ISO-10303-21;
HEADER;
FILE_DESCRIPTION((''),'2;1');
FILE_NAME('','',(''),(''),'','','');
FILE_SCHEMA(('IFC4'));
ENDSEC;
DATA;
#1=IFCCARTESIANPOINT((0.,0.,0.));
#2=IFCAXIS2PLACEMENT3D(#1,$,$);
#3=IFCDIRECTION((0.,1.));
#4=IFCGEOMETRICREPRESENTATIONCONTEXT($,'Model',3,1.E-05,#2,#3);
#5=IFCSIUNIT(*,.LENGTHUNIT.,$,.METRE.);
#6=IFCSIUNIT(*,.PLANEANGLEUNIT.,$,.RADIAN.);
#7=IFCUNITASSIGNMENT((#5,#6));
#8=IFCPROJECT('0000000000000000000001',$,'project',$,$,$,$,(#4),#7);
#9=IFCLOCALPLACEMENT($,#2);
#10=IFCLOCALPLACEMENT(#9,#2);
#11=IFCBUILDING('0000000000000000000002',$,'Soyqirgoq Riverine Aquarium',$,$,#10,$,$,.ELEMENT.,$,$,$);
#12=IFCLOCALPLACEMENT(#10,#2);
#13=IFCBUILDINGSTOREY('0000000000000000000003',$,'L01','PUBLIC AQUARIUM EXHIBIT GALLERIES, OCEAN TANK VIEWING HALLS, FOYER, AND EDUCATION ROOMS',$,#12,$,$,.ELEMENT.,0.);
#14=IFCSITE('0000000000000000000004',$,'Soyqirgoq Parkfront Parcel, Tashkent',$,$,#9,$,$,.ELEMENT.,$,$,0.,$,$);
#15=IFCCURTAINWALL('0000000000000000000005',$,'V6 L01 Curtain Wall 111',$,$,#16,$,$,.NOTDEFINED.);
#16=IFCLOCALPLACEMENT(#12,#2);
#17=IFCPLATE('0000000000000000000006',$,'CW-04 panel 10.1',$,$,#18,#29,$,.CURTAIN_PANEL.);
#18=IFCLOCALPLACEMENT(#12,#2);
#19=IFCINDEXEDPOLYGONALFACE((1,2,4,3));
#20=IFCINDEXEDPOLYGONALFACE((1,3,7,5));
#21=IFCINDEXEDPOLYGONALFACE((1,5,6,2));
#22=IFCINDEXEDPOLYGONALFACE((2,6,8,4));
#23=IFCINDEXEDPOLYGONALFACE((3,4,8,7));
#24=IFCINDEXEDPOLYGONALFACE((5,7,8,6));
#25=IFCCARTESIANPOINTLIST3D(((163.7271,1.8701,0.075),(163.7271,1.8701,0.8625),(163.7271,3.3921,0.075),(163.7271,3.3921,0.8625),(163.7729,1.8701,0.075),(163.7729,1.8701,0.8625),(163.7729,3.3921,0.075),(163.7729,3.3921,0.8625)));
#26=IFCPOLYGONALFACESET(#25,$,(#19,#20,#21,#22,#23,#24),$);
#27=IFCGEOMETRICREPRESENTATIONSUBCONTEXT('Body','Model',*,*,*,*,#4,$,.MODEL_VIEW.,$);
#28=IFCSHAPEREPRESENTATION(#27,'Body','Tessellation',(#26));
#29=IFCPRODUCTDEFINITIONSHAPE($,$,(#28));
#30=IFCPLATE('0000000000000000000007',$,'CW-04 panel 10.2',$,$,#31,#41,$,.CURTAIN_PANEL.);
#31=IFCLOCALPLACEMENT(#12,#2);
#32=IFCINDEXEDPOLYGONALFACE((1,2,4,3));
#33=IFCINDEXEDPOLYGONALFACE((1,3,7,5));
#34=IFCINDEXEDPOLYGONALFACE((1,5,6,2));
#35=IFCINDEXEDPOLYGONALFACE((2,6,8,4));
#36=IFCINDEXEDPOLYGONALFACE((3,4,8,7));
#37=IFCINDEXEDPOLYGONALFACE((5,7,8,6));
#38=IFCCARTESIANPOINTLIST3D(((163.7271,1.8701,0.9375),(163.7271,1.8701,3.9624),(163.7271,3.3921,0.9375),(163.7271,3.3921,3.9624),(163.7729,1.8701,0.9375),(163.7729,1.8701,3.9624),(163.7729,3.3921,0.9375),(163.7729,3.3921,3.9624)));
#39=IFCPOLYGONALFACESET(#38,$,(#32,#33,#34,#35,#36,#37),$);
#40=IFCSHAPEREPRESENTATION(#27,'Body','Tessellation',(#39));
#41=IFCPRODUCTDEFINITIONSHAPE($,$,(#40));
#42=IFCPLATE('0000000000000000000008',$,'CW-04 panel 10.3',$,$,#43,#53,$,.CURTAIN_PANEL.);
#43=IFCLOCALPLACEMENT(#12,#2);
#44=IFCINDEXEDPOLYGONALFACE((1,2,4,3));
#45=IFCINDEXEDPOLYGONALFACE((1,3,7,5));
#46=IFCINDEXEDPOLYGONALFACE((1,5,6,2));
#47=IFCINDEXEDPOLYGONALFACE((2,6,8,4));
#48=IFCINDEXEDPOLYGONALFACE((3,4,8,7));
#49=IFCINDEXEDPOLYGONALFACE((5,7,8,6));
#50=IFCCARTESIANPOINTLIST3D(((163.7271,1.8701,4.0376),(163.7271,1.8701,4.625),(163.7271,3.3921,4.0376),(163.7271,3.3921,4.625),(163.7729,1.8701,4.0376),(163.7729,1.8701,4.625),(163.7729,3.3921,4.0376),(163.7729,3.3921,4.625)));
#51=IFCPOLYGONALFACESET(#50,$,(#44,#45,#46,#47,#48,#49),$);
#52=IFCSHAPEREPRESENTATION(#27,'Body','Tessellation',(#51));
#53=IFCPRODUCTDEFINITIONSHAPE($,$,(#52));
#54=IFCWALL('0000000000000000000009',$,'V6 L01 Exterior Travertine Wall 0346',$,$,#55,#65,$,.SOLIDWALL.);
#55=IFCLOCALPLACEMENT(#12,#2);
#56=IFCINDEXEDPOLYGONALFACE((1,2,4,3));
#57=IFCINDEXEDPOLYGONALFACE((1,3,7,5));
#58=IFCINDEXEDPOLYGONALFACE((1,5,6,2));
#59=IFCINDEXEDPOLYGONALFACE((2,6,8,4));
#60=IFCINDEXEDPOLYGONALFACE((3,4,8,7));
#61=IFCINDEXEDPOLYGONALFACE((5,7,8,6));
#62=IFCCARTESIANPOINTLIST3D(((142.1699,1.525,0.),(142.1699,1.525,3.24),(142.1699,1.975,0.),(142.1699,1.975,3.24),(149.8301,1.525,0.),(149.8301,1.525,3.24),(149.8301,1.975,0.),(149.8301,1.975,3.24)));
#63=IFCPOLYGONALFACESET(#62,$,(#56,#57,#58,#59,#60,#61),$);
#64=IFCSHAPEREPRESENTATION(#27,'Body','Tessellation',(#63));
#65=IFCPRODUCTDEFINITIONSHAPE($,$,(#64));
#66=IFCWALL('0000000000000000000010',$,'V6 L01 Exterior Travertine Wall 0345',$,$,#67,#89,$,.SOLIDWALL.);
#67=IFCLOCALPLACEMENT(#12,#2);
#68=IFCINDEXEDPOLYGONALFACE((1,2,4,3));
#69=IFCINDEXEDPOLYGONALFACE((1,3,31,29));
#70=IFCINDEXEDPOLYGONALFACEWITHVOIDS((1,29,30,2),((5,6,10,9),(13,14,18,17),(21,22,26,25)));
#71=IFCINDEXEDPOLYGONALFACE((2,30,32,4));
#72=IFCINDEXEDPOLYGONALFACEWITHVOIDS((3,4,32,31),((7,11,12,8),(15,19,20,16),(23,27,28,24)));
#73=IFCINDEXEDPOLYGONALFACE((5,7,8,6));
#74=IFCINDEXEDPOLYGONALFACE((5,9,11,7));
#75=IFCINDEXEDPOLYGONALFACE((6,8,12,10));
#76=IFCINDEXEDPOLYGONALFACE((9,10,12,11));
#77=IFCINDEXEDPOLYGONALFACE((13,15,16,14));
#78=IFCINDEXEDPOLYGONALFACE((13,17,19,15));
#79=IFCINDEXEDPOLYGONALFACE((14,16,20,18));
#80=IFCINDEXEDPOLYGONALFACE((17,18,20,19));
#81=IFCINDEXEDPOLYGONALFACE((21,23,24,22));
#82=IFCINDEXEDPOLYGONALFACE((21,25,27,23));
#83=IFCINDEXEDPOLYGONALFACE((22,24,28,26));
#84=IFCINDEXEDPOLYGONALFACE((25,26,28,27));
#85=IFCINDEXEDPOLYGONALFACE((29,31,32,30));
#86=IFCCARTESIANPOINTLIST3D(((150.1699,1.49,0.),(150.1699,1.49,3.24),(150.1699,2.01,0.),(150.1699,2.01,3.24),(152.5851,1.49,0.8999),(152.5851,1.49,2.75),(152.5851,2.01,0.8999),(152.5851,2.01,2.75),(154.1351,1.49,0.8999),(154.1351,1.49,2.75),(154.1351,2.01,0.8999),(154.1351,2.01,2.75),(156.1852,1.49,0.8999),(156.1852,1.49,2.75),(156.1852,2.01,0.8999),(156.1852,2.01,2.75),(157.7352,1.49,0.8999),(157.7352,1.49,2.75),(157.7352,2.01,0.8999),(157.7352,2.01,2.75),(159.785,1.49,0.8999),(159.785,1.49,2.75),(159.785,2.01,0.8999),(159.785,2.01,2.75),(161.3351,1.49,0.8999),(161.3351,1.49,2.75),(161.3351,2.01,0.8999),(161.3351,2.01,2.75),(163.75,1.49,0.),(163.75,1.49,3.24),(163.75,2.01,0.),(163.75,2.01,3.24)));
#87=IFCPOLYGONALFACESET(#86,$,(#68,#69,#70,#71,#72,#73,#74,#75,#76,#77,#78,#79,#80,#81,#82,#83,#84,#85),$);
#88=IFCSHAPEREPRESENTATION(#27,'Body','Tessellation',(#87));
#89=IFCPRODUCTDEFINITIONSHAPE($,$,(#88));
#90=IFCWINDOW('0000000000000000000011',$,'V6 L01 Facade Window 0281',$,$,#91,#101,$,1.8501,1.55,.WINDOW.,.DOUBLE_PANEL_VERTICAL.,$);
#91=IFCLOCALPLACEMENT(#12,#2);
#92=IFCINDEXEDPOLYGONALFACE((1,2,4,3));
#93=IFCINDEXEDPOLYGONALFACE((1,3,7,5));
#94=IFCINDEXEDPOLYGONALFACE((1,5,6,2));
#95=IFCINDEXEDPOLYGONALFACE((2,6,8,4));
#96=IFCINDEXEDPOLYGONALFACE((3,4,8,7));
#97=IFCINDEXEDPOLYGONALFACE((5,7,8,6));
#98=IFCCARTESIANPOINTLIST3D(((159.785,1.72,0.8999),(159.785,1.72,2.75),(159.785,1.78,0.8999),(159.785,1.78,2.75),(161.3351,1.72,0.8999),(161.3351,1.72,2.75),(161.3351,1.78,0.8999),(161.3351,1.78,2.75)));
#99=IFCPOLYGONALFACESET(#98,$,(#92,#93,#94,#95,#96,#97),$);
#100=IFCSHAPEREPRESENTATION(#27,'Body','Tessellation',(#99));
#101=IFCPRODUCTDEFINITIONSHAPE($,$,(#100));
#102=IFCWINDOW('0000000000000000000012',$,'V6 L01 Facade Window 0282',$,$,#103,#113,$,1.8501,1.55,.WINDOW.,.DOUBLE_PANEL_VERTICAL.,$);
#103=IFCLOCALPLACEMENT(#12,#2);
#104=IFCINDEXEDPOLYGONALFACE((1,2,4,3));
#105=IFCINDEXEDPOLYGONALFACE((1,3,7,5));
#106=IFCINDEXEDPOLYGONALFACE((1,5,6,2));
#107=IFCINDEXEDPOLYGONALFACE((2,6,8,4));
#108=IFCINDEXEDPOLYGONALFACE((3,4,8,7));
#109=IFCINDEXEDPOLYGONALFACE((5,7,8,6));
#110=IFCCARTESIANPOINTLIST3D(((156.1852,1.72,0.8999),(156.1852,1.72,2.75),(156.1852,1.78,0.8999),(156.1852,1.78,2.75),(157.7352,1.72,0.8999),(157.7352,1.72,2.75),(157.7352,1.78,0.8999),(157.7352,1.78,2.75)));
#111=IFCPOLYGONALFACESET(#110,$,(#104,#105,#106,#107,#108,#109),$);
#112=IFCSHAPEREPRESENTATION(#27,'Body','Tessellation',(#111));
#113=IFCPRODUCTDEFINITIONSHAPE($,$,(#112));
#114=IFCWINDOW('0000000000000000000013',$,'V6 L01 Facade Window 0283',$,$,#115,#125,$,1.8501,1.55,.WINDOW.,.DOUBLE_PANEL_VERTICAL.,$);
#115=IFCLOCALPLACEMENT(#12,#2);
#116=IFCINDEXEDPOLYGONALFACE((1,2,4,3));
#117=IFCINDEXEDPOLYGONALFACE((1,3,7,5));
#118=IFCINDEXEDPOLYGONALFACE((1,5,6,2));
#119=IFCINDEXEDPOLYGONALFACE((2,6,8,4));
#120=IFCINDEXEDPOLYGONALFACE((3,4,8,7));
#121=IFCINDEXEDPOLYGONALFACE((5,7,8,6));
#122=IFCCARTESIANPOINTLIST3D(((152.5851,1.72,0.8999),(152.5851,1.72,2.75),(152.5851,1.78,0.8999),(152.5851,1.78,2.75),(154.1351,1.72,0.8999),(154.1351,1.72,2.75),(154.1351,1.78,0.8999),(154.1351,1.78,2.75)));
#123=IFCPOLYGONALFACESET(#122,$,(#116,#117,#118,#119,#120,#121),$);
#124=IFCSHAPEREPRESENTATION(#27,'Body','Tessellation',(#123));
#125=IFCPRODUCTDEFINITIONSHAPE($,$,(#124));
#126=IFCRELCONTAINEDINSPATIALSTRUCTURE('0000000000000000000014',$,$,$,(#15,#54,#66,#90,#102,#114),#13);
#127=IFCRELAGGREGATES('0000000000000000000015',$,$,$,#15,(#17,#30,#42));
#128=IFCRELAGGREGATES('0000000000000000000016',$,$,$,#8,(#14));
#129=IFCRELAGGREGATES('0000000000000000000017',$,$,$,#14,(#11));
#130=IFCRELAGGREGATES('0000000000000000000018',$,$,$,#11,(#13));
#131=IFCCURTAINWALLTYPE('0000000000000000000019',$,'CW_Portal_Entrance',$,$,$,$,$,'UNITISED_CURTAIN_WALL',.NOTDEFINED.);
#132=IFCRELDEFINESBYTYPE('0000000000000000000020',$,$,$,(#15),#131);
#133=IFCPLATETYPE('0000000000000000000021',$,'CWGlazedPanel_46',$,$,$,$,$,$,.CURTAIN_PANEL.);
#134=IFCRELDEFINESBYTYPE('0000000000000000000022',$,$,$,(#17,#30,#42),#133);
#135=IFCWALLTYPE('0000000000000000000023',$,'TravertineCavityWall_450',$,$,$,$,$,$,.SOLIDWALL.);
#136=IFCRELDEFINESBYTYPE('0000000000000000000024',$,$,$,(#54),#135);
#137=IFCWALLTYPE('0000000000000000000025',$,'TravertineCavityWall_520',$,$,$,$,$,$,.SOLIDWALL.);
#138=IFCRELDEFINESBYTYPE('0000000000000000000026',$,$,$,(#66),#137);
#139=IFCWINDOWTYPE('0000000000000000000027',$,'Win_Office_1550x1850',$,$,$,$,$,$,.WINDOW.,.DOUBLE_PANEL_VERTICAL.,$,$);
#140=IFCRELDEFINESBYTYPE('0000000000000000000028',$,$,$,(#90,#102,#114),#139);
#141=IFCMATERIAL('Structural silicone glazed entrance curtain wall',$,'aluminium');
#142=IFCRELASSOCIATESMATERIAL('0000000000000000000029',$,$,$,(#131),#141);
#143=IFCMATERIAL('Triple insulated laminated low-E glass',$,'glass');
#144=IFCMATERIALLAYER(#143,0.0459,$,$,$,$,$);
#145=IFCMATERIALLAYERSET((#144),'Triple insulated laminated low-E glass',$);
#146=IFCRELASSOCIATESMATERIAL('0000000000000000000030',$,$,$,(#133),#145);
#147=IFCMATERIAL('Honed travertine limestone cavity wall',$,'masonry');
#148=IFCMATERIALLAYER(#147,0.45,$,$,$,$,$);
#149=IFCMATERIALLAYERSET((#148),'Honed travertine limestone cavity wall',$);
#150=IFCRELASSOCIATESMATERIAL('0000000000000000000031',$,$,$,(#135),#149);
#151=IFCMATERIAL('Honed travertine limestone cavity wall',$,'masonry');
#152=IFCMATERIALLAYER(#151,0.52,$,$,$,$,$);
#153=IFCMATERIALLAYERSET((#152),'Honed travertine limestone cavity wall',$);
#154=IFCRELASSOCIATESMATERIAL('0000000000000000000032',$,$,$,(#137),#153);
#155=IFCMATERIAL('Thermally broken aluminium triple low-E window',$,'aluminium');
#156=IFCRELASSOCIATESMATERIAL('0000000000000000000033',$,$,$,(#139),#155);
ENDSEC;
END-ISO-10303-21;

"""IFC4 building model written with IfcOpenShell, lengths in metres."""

from ifc_helpers import new_model, si_unit, direction, frame, frame_2d, origin, origin_2d, place, context, subcontext, project, spatial, rectangle, extrude, material, layer, layer_set, type_object, element, fill, aggregate, save


model = new_model("IFC4")

# Units and contexts
model_context = context("Model", 3, precision=1e-05, world=origin(), true_north=direction((0.0, 1.0)))
body_context = subcontext(model_context, "Body", "Model", "MODEL_VIEW")
ifc_project = project(units=[si_unit("LENGTHUNIT", "METRE"), si_unit("PLANEANGLEUNIT", "RADIAN")], contexts=[model_context])

# Site, building, storey
site_placement = place(None, origin())
site = spatial("IfcSite", under=ifc_project, at=site_placement, Name="Soyqirgoq Parkfront Parcel, Tashkent", CompositionType="ELEMENT", RefElevation=0.0)
building_placement = place(site_placement, origin())
building = spatial("IfcBuilding", under=site, at=building_placement, Name="Soyqirgoq Riverine Aquarium", CompositionType="ELEMENT")
storey_placement = place(building_placement, origin())
storey = spatial("IfcBuildingStorey", under=building, at=storey_placement, Name="L01", Description="PUBLIC AQUARIUM EXHIBIT GALLERIES, OCEAN TANK VIEWING HALLS, FOYER, AND EDUCATION ROOMS", CompositionType="ELEMENT", Elevation=0.0)

# Curtain wall
ifc_material_1 = material(Name="Structural silicone glazed entrance curtain wall", Category="aluminium")
curtain_wall_type = type_object("IfcCurtainWallType", Name="CW_Portal_Entrance", ElementType="UNITISED_CURTAIN_WALL", PredefinedType="NOTDEFINED", material=ifc_material_1)
curtain_wall_placement = place(storey_placement, origin())
curtain_wall = element("IfcCurtainWall", 1, at=curtain_wall_placement, inside=storey, type_object=curtain_wall_type, Name="V6 L01 Curtain Wall 111", PredefinedType="NOTDEFINED")

# Plates
ifc_material_2 = material(Name="Triple insulated laminated low-E glass", Category="glass")
ifc_layer_1 = layer(ifc_material_2, 0.0459)
ifc_layer_set_1 = layer_set([ifc_layer_1], Name="Triple insulated laminated low-E glass")
plate_type = type_object("IfcPlateType", Name="CWGlazedPanel_46", PredefinedType="CURTAIN_PANEL", material=ifc_layer_set_1)
plate_1_placement = place(storey_placement, frame((163.75, 2.6311, 0.075), z_axis=(0.0, 0.0, 1.0), x_axis=(0.0, -1.0, 0.0)))
plate_1 = element("IfcPlate", 2, at=plate_1_placement, type_object=plate_type, Name="CW-04 panel 10.1", PredefinedType="CURTAIN_PANEL", context=body_context, shape_type="SweptSolid", body=[
    extrude(rectangle(XDim=1.522, YDim=0.0459, at=origin_2d()), origin(), (0.0, 0.0, 1.0), 0.7876),
])
plate_2_placement = place(storey_placement, frame((163.75, 2.6311, 0.9375), z_axis=(0.0, 0.0, 1.0), x_axis=(0.0, -1.0, 0.0)))
plate_2 = element("IfcPlate", 3, at=plate_2_placement, type_object=plate_type, Name="CW-04 panel 10.2", PredefinedType="CURTAIN_PANEL", context=body_context, shape_type="SweptSolid", body=[
    extrude(rectangle(XDim=1.522, YDim=0.0459, at=origin_2d()), origin(), (0.0, 0.0, 1.0), 3.0249),
])
plate_3_placement = place(storey_placement, frame((163.75, 2.6311, 4.0376), z_axis=(0.0, 0.0, 1.0), x_axis=(0.0, -1.0, 0.0)))
plate_3 = element("IfcPlate", 4, at=plate_3_placement, type_object=plate_type, Name="CW-04 panel 10.3", PredefinedType="CURTAIN_PANEL", context=body_context, shape_type="SweptSolid", body=[
    extrude(rectangle(XDim=1.522, YDim=0.0459, at=origin_2d()), origin(), (0.0, 0.0, 1.0), 0.5874),
])
aggregate(curtain_wall, [plate_1, plate_2, plate_3])

# Wall
ifc_material_3 = material(Name="Honed travertine limestone cavity wall", Category="masonry")
ifc_layer_2 = layer(ifc_material_3, 0.45)
ifc_layer_set_2 = layer_set([ifc_layer_2], Name="Honed travertine limestone cavity wall")
wall_type_1 = type_object("IfcWallType", Name="TravertineCavityWall_450", PredefinedType="SOLIDWALL", material=ifc_layer_set_2)
wall_1_placement = place(storey_placement, frame((149.8301, 1.75, 0.0), z_axis=(0.0, 0.0, 1.0), x_axis=(-1.0, 0.0, 0.0)))
element("IfcWall", 5, at=wall_1_placement, inside=storey, type_object=wall_type_1, Name="V6 L01 Exterior Travertine Wall 0346", PredefinedType="SOLIDWALL", context=body_context, shape_type="SweptSolid", body=[
    extrude(rectangle(XDim=7.6602, YDim=0.45, at=frame_2d((3.8301, 0.0))), origin(), (0.0, 0.0, 1.0), 3.24),
])

# Wall, openings, windows
ifc_material_4 = material(Name="Honed travertine limestone cavity wall", Category="masonry")
ifc_layer_3 = layer(ifc_material_4, 0.52)
ifc_layer_set_3 = layer_set([ifc_layer_3], Name="Honed travertine limestone cavity wall")
wall_type_2 = type_object("IfcWallType", Name="TravertineCavityWall_520", PredefinedType="SOLIDWALL", material=ifc_layer_set_3)
wall_2_placement = place(storey_placement, frame((163.75, 1.75, 0.0), z_axis=(0.0, 0.0, 1.0), x_axis=(-1.0, 0.0, 0.0)))
wall_2 = element("IfcWall", 6, at=wall_2_placement, inside=storey, type_object=wall_type_2, Name="V6 L01 Exterior Travertine Wall 0345", PredefinedType="SOLIDWALL", context=body_context, shape_type="SweptSolid", body=[
    extrude(rectangle(XDim=13.5801, YDim=0.52, at=frame_2d((6.79, 0.0))), origin(), (0.0, 0.0, 1.0), 3.24),
])
opening_1_placement = place(wall_2_placement, frame((2.415, 0.0, 0.8999)))
opening_1 = element("IfcOpeningElement", 7, at=opening_1_placement, cuts=wall_2, PredefinedType="OPENING", context=body_context, shape_type="SweptSolid", body=[
    extrude(rectangle(XDim=1.55, YDim=1.8501, at=frame_2d((0.7749, 0.925))), frame((0.0, 0.27, 0.0), z_axis=(0.0, -1.0, 0.0), x_axis=(1.0, 0.0, 0.0)), (0.0, 0.0, 1.0), 0.54),
])
opening_2_placement = place(wall_2_placement, frame((6.0149, 0.0, 0.8999)))
opening_2 = element("IfcOpeningElement", 8, at=opening_2_placement, cuts=wall_2, PredefinedType="OPENING", context=body_context, shape_type="SweptSolid", body=[
    extrude(rectangle(XDim=1.55, YDim=1.8501, at=frame_2d((0.7749, 0.925))), frame((0.0, 0.27, 0.0), z_axis=(0.0, -1.0, 0.0), x_axis=(1.0, 0.0, 0.0)), (0.0, 0.0, 1.0), 0.54),
])
opening_3_placement = place(wall_2_placement, frame((9.615, 0.0, 0.8999)))
opening_3 = element("IfcOpeningElement", 9, at=opening_3_placement, cuts=wall_2, PredefinedType="OPENING", context=body_context, shape_type="SweptSolid", body=[
    extrude(rectangle(XDim=1.55, YDim=1.8501, at=frame_2d((0.7749, 0.925))), frame((0.0, 0.27, 0.0), z_axis=(0.0, -1.0, 0.0), x_axis=(1.0, 0.0, 0.0)), (0.0, 0.0, 1.0), 0.54),
])
ifc_material_5 = material(Name="Thermally broken aluminium triple low-E window", Category="aluminium")
window_type = type_object("IfcWindowType", Name="Win_Office_1550x1850", PartitioningType="DOUBLE_PANEL_VERTICAL", PredefinedType="WINDOW", material=ifc_material_5)
window_1_placement = place(opening_1_placement, origin())
window_1 = element("IfcWindow", 10, at=window_1_placement, inside=storey, type_object=window_type, Name="V6 L01 Facade Window 0281", OverallHeight=1.8501, OverallWidth=1.55, PartitioningType="DOUBLE_PANEL_VERTICAL", PredefinedType="WINDOW", context=body_context, shape_type="SweptSolid", body=[
    extrude(rectangle(XDim=1.55, YDim=1.8501, at=frame_2d((0.7749, 0.925))), frame((0.0, 0.03, 0.0), z_axis=(0.0, -1.0, 0.0), x_axis=(1.0, 0.0, 0.0)), (0.0, 0.0, 1.0), 0.0601),
])
fill(opening_1, window_1)
window_2_placement = place(opening_2_placement, origin())
window_2 = element("IfcWindow", 11, at=window_2_placement, inside=storey, type_object=window_type, Name="V6 L01 Facade Window 0282", OverallHeight=1.8501, OverallWidth=1.55, PartitioningType="DOUBLE_PANEL_VERTICAL", PredefinedType="WINDOW", context=body_context, shape_type="SweptSolid", body=[
    extrude(rectangle(XDim=1.55, YDim=1.8501, at=frame_2d((0.7749, 0.925))), frame((0.0, 0.03, 0.0), z_axis=(0.0, -1.0, 0.0), x_axis=(1.0, 0.0, 0.0)), (0.0, 0.0, 1.0), 0.0601),
])
fill(opening_2, window_2)
window_3_placement = place(opening_3_placement, origin())
window_3 = element("IfcWindow", 12, at=window_3_placement, inside=storey, type_object=window_type, Name="V6 L01 Facade Window 0283", OverallHeight=1.8501, OverallWidth=1.55, PartitioningType="DOUBLE_PANEL_VERTICAL", PredefinedType="WINDOW", context=body_context, shape_type="SweptSolid", body=[
    extrude(rectangle(XDim=1.55, YDim=1.8501, at=frame_2d((0.7749, 0.925))), frame((0.0, 0.03, 0.0), z_axis=(0.0, -1.0, 0.0), x_axis=(1.0, 0.0, 0.0)), (0.0, 0.0, 1.0), 0.0601),
])
fill(opening_3, window_3)

save(model, "model.ifc")
